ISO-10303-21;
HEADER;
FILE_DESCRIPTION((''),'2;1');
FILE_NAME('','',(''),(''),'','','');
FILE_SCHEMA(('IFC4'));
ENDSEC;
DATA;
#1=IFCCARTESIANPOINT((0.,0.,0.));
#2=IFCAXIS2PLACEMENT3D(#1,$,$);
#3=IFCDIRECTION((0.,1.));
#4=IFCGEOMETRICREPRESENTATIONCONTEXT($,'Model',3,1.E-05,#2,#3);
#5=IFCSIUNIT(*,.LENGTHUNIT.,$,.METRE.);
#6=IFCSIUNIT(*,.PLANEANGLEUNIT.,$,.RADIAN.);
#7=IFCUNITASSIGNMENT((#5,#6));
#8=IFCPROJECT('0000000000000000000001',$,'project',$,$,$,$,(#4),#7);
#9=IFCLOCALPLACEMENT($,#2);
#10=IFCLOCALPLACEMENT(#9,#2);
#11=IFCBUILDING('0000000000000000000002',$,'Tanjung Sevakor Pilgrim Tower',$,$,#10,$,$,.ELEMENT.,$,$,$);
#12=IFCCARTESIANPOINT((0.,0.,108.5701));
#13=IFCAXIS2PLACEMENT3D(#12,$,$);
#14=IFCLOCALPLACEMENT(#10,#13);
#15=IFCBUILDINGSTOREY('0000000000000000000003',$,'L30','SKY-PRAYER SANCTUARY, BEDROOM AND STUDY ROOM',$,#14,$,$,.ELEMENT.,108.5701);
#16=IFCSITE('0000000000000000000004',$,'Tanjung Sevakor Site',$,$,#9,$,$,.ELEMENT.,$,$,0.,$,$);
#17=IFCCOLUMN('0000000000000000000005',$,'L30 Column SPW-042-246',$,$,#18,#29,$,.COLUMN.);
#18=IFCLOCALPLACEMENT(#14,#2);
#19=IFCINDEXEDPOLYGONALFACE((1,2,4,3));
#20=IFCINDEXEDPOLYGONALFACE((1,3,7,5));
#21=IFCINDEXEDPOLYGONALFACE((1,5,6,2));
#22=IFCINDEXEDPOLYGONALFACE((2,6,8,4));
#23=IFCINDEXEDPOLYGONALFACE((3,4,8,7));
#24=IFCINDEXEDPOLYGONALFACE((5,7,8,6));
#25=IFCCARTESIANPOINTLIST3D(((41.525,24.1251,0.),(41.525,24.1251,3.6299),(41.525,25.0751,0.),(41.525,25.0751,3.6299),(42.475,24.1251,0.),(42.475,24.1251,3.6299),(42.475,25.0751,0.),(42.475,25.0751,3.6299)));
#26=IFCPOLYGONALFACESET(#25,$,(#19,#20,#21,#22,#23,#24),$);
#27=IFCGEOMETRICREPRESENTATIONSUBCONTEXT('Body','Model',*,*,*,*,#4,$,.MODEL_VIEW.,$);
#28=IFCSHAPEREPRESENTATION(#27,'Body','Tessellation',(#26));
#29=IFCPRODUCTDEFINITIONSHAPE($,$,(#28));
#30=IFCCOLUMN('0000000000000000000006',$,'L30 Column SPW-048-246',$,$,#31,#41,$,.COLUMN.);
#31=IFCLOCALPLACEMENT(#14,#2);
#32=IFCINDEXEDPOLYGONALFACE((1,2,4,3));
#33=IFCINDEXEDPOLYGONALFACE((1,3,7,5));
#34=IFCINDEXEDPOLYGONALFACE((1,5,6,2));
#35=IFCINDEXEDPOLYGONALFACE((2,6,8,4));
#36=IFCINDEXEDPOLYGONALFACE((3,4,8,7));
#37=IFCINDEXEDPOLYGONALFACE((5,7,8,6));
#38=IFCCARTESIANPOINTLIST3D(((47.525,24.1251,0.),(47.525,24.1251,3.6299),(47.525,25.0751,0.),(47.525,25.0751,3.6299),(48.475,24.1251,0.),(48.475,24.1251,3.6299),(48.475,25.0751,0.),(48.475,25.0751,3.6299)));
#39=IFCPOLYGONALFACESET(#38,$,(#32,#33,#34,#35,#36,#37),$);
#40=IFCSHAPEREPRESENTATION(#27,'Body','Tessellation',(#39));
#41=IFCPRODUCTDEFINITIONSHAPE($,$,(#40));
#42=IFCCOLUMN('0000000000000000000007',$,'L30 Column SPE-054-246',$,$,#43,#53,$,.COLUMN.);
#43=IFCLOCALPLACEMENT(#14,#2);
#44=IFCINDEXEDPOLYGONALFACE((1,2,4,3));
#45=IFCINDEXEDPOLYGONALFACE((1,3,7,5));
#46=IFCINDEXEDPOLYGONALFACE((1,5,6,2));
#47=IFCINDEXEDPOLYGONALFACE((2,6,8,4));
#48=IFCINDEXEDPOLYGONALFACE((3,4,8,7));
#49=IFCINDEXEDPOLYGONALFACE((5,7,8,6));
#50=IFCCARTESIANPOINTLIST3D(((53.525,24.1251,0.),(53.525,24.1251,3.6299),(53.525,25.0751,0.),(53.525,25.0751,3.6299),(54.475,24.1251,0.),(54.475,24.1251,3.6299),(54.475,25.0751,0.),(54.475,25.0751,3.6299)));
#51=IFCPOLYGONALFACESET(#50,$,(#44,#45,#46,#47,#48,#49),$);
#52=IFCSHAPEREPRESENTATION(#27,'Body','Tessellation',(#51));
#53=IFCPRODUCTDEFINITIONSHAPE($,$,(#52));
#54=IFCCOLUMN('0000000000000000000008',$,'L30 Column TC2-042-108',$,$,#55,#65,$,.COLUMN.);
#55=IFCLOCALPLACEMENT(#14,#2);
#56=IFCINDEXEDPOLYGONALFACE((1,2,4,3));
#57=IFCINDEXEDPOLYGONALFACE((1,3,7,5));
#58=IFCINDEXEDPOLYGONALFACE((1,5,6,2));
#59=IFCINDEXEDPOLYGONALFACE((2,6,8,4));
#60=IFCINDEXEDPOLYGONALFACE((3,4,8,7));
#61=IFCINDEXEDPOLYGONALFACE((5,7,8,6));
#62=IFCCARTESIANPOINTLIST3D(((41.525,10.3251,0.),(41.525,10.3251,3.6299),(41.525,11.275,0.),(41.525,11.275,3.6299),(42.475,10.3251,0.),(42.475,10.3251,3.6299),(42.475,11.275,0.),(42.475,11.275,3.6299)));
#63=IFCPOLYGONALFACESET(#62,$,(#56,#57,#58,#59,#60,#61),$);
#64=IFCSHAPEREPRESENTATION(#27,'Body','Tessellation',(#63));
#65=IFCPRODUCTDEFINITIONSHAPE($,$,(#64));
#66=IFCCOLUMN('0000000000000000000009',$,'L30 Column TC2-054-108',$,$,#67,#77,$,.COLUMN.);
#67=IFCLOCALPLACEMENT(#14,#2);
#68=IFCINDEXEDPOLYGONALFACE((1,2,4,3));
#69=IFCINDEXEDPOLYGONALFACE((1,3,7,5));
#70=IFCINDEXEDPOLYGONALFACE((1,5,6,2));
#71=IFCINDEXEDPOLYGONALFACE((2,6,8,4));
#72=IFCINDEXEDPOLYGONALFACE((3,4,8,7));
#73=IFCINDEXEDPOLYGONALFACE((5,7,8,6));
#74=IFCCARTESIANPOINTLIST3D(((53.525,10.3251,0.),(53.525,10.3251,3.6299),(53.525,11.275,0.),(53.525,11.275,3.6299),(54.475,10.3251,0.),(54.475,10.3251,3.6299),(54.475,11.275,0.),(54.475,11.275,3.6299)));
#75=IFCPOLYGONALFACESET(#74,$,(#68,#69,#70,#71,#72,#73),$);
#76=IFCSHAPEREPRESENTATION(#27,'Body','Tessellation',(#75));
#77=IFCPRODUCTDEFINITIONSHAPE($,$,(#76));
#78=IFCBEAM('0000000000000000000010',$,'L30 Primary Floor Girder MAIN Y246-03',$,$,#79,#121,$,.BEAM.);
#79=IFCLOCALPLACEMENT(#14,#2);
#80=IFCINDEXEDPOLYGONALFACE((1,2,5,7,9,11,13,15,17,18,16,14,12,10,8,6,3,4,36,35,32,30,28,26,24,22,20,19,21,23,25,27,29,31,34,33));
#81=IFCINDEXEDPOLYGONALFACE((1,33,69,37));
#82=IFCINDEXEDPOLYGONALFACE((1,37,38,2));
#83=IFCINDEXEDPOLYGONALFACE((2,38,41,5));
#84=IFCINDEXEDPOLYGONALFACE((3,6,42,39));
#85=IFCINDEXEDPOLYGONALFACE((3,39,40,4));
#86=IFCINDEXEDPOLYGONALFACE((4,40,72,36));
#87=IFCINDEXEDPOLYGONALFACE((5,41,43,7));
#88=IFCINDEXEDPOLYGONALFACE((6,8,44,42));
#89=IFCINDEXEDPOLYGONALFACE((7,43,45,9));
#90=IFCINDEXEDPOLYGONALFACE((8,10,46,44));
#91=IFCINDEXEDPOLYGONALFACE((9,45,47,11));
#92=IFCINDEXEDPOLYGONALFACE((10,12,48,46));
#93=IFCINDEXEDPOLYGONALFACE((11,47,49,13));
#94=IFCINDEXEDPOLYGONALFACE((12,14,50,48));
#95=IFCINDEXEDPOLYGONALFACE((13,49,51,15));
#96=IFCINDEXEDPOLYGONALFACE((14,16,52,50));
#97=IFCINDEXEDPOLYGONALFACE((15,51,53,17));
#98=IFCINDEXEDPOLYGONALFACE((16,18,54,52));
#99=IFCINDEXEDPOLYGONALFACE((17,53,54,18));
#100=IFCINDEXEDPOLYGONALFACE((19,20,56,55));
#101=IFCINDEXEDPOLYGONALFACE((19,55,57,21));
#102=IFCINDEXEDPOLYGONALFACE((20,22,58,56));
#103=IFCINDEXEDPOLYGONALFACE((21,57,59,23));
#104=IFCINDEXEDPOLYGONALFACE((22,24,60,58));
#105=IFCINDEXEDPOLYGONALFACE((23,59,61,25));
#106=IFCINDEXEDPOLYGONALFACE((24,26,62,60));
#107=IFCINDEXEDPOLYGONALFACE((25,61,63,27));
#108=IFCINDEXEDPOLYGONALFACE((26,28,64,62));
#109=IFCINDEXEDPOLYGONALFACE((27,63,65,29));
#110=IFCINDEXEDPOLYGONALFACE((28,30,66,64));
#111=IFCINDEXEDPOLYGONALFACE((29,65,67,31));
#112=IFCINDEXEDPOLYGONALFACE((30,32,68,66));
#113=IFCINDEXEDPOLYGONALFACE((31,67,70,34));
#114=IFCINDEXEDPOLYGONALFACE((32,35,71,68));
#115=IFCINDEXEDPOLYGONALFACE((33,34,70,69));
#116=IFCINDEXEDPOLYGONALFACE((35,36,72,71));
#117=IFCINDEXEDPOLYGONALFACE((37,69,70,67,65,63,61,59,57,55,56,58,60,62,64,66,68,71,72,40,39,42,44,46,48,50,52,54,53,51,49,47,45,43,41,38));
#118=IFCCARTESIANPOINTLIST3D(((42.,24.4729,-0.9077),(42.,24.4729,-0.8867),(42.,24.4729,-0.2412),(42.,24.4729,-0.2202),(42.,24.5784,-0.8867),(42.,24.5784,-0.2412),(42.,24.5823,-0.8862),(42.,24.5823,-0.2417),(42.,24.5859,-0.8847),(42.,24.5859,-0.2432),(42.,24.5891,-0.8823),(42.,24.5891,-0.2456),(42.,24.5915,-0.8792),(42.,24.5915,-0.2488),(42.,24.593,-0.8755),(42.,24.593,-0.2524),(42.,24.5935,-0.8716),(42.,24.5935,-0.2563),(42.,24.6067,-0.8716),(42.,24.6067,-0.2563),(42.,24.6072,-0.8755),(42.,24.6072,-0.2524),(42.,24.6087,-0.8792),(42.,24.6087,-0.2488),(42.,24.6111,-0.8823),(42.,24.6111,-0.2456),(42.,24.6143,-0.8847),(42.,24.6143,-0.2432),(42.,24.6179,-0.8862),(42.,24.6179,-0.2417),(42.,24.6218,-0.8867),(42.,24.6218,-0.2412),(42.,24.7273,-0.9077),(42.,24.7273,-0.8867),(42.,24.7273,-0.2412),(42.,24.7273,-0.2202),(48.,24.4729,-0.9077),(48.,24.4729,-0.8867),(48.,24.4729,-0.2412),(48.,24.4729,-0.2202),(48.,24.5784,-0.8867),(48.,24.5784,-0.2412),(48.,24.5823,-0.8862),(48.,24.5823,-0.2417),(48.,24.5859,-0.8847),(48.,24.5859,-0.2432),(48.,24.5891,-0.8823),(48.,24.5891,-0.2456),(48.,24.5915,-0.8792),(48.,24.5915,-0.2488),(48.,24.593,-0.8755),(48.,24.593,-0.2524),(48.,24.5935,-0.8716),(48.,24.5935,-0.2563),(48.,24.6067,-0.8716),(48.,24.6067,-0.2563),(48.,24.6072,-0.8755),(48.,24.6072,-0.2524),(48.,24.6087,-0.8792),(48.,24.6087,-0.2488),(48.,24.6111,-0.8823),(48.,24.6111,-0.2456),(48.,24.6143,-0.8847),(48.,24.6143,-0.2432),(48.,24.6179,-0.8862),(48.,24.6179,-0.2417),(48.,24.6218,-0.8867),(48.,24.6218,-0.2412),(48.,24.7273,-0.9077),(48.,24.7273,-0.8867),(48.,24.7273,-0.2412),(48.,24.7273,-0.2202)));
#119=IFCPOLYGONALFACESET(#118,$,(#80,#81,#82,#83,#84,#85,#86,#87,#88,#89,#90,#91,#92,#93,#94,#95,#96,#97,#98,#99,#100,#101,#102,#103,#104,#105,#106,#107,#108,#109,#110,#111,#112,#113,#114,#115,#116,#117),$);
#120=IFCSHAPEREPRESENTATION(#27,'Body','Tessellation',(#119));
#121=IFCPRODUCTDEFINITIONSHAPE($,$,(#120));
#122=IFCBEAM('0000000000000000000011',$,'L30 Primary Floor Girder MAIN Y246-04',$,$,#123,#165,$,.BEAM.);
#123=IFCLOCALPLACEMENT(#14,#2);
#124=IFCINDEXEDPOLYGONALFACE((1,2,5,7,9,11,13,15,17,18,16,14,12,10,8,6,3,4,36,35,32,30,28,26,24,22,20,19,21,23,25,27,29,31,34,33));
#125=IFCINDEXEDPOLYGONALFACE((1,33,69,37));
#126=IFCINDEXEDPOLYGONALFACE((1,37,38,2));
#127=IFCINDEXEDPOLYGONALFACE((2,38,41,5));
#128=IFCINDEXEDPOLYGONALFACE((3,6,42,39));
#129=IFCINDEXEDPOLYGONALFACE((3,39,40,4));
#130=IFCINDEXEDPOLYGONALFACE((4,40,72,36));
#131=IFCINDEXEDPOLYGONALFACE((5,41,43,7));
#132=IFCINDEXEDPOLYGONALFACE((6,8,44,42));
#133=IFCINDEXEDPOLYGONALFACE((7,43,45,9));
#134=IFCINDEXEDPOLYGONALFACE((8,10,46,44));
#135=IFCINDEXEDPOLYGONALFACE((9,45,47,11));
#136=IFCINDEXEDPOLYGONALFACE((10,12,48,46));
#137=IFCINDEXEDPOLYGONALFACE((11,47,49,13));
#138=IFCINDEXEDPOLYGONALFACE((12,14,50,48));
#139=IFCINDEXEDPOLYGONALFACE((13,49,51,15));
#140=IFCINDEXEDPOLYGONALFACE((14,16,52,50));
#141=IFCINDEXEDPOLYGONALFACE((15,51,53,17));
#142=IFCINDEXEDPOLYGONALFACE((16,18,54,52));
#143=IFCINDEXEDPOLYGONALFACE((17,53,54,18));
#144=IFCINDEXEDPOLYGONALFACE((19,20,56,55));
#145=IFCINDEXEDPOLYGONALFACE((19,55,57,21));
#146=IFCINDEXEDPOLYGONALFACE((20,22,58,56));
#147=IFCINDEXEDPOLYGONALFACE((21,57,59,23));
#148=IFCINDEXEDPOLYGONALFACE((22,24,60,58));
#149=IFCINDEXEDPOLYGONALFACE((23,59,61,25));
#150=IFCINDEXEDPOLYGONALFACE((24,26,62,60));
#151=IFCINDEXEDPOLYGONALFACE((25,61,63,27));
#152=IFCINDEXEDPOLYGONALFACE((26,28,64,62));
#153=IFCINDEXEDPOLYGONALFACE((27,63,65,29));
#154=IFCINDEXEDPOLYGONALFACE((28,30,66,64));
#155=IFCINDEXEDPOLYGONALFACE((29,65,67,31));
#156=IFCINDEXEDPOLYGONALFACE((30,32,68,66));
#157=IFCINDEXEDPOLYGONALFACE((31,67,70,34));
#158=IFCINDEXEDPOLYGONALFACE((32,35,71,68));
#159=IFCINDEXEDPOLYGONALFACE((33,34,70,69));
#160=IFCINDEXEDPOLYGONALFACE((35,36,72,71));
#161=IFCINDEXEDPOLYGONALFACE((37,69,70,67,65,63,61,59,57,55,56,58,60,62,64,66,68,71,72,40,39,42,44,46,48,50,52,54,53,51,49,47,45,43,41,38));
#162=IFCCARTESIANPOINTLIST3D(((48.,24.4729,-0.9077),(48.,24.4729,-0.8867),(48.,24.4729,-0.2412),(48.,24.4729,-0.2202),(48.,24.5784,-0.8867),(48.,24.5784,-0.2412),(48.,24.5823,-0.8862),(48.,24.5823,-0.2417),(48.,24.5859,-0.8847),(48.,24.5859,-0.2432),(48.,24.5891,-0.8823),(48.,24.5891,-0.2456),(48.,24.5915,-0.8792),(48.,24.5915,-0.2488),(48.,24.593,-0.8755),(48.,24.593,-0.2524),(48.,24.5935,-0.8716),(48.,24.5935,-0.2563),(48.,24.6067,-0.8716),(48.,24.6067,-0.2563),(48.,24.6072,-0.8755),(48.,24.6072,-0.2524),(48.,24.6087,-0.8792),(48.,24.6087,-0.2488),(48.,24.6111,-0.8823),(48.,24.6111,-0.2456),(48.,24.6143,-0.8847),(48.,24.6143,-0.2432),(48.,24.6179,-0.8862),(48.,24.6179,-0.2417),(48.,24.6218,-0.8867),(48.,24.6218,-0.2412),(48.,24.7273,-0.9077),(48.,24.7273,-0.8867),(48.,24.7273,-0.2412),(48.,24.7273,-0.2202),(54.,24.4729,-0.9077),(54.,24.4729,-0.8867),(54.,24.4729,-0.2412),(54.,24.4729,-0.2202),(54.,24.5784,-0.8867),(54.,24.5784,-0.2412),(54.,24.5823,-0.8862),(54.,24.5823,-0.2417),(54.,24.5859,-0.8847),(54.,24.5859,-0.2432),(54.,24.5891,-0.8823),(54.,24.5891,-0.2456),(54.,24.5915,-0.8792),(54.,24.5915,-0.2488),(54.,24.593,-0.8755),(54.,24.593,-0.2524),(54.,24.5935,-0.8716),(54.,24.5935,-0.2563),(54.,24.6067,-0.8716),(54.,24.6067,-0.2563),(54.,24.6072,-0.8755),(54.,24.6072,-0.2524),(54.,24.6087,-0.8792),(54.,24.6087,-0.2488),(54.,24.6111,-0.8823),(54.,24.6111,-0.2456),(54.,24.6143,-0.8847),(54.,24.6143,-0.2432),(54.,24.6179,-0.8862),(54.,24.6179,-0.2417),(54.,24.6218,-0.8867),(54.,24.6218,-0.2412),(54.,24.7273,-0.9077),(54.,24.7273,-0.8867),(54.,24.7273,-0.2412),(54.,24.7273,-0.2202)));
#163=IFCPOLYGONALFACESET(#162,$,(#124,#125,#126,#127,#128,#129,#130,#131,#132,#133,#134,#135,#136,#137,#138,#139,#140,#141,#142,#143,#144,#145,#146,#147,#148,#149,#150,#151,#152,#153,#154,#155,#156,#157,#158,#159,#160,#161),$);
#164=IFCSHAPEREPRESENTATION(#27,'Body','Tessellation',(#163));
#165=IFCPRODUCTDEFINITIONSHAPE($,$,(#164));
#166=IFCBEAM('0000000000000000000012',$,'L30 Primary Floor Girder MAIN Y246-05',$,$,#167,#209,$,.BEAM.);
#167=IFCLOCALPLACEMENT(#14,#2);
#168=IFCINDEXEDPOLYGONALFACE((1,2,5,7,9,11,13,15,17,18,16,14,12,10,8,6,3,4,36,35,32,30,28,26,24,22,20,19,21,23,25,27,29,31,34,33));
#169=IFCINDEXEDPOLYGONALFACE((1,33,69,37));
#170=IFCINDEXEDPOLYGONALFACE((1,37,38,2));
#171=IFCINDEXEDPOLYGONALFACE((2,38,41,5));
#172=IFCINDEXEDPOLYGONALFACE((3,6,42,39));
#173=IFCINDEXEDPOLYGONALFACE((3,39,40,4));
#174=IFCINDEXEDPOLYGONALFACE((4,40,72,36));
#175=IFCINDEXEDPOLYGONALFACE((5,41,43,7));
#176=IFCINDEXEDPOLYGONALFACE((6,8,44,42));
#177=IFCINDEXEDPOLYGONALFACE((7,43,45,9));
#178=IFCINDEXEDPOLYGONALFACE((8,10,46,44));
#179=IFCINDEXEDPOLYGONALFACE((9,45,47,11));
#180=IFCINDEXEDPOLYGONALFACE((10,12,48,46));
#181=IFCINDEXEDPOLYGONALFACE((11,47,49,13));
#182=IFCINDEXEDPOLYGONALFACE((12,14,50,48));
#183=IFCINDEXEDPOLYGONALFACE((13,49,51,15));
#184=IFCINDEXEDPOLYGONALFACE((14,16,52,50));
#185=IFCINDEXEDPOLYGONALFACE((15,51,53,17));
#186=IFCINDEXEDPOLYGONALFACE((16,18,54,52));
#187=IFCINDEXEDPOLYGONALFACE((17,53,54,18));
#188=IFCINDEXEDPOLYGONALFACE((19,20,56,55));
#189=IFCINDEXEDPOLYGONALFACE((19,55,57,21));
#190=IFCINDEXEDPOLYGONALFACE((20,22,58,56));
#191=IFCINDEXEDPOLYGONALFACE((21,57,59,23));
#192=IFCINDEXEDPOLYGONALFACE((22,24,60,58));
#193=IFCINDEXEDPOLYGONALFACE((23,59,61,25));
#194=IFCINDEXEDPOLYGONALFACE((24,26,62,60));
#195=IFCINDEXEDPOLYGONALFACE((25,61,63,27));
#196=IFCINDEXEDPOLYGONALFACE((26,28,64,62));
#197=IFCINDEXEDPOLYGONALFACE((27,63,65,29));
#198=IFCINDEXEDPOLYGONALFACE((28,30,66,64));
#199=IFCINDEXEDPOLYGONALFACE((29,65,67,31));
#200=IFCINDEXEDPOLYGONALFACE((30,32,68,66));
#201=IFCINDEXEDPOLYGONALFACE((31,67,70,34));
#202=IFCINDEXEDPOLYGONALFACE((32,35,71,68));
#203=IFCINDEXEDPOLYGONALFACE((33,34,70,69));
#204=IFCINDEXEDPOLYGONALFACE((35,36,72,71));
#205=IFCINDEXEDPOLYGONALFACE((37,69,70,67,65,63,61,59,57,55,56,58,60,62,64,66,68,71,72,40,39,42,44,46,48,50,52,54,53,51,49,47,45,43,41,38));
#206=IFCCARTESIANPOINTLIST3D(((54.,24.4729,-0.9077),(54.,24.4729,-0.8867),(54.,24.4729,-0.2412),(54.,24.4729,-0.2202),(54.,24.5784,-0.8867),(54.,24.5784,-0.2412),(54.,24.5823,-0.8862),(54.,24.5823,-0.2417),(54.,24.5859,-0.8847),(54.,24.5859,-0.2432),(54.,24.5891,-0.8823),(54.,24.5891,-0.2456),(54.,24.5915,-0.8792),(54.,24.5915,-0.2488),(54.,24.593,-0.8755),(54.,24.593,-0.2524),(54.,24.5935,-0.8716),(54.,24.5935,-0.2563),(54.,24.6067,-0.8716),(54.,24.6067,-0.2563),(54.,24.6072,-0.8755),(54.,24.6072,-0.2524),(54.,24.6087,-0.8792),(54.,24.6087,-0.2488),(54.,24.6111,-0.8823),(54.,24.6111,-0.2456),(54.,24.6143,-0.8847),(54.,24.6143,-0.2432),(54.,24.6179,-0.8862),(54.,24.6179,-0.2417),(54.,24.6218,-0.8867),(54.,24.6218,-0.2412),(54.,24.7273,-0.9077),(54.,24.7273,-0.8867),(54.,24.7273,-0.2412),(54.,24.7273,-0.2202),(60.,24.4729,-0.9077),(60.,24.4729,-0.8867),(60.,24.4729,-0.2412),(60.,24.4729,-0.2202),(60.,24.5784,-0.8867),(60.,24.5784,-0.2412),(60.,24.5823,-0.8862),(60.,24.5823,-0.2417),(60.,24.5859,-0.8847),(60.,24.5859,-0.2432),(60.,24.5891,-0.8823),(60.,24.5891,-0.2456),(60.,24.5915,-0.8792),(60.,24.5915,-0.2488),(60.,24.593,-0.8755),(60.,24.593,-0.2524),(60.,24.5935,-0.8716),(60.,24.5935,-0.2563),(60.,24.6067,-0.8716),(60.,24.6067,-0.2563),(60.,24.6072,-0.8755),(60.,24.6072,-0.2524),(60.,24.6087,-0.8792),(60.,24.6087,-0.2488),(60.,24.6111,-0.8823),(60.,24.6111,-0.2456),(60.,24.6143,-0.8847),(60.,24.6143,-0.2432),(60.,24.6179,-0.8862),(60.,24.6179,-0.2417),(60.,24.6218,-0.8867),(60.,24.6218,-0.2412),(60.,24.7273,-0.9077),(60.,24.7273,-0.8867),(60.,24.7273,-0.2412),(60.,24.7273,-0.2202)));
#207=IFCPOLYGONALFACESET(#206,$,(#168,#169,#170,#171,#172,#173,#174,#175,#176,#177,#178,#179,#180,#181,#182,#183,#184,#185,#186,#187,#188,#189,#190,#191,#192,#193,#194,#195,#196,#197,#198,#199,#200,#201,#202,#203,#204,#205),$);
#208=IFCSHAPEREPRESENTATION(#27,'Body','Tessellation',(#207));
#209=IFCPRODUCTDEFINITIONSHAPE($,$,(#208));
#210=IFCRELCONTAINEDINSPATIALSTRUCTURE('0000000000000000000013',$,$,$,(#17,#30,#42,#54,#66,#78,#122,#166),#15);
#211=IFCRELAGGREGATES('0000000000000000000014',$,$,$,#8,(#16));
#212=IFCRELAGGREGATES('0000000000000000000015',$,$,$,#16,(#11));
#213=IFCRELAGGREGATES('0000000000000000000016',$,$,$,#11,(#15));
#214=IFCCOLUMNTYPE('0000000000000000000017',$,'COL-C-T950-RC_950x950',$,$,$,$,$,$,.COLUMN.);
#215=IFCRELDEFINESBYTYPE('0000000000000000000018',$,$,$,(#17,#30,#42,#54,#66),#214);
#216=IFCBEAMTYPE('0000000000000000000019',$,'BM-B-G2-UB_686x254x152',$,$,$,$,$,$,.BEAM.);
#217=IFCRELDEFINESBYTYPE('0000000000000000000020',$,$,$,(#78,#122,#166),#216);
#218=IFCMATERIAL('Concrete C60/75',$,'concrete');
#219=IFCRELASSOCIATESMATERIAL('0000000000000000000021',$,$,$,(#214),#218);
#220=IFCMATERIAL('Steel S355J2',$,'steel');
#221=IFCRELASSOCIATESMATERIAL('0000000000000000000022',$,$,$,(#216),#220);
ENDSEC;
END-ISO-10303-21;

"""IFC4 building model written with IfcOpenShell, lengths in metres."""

from ifc_helpers import new_model, si_unit, direction, frame, origin, origin_2d, place, context, subcontext, project, spatial, rectangle, i_section, extrude, material, material_profile, profile_set, type_object, element, save


model = new_model("IFC4")

# Units and contexts
model_context = context("Model", 3, precision=1e-05, world=origin(), true_north=direction((0.0, 1.0)))
body_context = subcontext(model_context, "Body", "Model", "MODEL_VIEW")
ifc_project = project(units=[si_unit("LENGTHUNIT", "METRE"), si_unit("PLANEANGLEUNIT", "RADIAN")], contexts=[model_context])

# Site, building, storey
site_placement = place(None, origin())
site = spatial("IfcSite", under=ifc_project, at=site_placement, Name="Tanjung Sevakor Site", CompositionType="ELEMENT", RefElevation=0.0)
building_placement = place(site_placement, origin())
building = spatial("IfcBuilding", under=site, at=building_placement, Name="Tanjung Sevakor Pilgrim Tower", CompositionType="ELEMENT")
storey_placement = place(building_placement, frame((0.0, 0.0, 108.5701)))
storey = spatial("IfcBuildingStorey", under=building, at=storey_placement, Name="L30", Description="SKY-PRAYER SANCTUARY, BEDROOM AND STUDY ROOM", CompositionType="ELEMENT", Elevation=108.5701)

# Columns
ifc_material_1 = material(Name="Concrete C60/75", Category="concrete")
ifc_material_profile_1 = material_profile(ifc_material_1, rectangle(XDim=0.95, YDim=0.95, at=origin_2d()))
ifc_profile_set_1 = profile_set([ifc_material_profile_1], Name="Concrete C60/75")
column_type = type_object("IfcColumnType", Name="COL-C-T950-RC_950x950", PredefinedType="COLUMN", material=ifc_profile_set_1)
for number, where, z_axis, x_axis, name in (
    (1, (42.0, 24.6001, 0.0), (0.0, 0.0, 1.0), (1.0, 0.0, 0.0), "L30 Column SPW-042-246"),
    (2, (48.0, 24.6001, 0.0), (0.0, 0.0, 1.0), (1.0, 0.0, 0.0), "L30 Column SPW-048-246"),
    (3, (54.0, 24.6001, 0.0), (0.0, 0.0, 1.0), (1.0, 0.0, 0.0), "L30 Column SPE-054-246"),
    (4, (42.0, 10.8, 0.0), (0.0, 0.0, 1.0), (1.0, 0.0, 0.0), "L30 Column TC2-042-108"),
    (5, (54.0, 10.8, 0.0), (0.0, 0.0, 1.0), (1.0, 0.0, 0.0), "L30 Column TC2-054-108"),
):
    element("IfcColumn", number, at=place(storey_placement, frame(where, z_axis=z_axis, x_axis=x_axis)), inside=storey, type_object=column_type, Name=name, PredefinedType="COLUMN", context=body_context, shape_type="SweptSolid", body=[
        extrude(rectangle(XDim=0.95, YDim=0.95, at=origin_2d()), origin(), (0.0, 0.0, 1.0), 3.6299),
    ])

# Beams
ifc_material_2 = material(Name="Steel S355J2", Category="steel")
ifc_material_profile_2 = material_profile(ifc_material_2, i_section(OverallWidth=0.2544, OverallDepth=0.6875, WebThickness=0.0132, FlangeThickness=0.021, FilletRadius=0.0151, at=origin_2d()))
ifc_profile_set_2 = profile_set([ifc_material_profile_2], Name="Steel S355J2")
beam_type_1 = type_object("IfcBeamType", Name="BM-B-G2-UB_686x254x152", PredefinedType="BEAM", material=ifc_profile_set_2)
for number, where, z_axis, x_axis, name in (
    (6, (42.0, 24.6001, -0.564), (1.0, 0.0, 0.0), (0.0, 1.0, 0.0), "L30 Primary Floor Girder MAIN Y246-03"),
    (7, (48.0, 24.6001, -0.564), (1.0, 0.0, 0.0), (0.0, 1.0, 0.0), "L30 Primary Floor Girder MAIN Y246-04"),
    (8, (54.0, 24.6001, -0.564), (1.0, 0.0, 0.0), (0.0, 1.0, 0.0), "L30 Primary Floor Girder MAIN Y246-05"),
):
    element("IfcBeam", number, at=place(storey_placement, frame(where, z_axis=z_axis, x_axis=x_axis)), inside=storey, type_object=beam_type_1, Name=name, PredefinedType="BEAM", context=body_context, shape_type="SweptSolid", body=[
        extrude(i_section(OverallWidth=0.2544, OverallDepth=0.6875, WebThickness=0.0132, FlangeThickness=0.021, FilletRadius=0.0151, at=origin_2d()), origin(), (0.0, 0.0, 1.0), 6.0),
    ])

save(model, "model.ifc")
